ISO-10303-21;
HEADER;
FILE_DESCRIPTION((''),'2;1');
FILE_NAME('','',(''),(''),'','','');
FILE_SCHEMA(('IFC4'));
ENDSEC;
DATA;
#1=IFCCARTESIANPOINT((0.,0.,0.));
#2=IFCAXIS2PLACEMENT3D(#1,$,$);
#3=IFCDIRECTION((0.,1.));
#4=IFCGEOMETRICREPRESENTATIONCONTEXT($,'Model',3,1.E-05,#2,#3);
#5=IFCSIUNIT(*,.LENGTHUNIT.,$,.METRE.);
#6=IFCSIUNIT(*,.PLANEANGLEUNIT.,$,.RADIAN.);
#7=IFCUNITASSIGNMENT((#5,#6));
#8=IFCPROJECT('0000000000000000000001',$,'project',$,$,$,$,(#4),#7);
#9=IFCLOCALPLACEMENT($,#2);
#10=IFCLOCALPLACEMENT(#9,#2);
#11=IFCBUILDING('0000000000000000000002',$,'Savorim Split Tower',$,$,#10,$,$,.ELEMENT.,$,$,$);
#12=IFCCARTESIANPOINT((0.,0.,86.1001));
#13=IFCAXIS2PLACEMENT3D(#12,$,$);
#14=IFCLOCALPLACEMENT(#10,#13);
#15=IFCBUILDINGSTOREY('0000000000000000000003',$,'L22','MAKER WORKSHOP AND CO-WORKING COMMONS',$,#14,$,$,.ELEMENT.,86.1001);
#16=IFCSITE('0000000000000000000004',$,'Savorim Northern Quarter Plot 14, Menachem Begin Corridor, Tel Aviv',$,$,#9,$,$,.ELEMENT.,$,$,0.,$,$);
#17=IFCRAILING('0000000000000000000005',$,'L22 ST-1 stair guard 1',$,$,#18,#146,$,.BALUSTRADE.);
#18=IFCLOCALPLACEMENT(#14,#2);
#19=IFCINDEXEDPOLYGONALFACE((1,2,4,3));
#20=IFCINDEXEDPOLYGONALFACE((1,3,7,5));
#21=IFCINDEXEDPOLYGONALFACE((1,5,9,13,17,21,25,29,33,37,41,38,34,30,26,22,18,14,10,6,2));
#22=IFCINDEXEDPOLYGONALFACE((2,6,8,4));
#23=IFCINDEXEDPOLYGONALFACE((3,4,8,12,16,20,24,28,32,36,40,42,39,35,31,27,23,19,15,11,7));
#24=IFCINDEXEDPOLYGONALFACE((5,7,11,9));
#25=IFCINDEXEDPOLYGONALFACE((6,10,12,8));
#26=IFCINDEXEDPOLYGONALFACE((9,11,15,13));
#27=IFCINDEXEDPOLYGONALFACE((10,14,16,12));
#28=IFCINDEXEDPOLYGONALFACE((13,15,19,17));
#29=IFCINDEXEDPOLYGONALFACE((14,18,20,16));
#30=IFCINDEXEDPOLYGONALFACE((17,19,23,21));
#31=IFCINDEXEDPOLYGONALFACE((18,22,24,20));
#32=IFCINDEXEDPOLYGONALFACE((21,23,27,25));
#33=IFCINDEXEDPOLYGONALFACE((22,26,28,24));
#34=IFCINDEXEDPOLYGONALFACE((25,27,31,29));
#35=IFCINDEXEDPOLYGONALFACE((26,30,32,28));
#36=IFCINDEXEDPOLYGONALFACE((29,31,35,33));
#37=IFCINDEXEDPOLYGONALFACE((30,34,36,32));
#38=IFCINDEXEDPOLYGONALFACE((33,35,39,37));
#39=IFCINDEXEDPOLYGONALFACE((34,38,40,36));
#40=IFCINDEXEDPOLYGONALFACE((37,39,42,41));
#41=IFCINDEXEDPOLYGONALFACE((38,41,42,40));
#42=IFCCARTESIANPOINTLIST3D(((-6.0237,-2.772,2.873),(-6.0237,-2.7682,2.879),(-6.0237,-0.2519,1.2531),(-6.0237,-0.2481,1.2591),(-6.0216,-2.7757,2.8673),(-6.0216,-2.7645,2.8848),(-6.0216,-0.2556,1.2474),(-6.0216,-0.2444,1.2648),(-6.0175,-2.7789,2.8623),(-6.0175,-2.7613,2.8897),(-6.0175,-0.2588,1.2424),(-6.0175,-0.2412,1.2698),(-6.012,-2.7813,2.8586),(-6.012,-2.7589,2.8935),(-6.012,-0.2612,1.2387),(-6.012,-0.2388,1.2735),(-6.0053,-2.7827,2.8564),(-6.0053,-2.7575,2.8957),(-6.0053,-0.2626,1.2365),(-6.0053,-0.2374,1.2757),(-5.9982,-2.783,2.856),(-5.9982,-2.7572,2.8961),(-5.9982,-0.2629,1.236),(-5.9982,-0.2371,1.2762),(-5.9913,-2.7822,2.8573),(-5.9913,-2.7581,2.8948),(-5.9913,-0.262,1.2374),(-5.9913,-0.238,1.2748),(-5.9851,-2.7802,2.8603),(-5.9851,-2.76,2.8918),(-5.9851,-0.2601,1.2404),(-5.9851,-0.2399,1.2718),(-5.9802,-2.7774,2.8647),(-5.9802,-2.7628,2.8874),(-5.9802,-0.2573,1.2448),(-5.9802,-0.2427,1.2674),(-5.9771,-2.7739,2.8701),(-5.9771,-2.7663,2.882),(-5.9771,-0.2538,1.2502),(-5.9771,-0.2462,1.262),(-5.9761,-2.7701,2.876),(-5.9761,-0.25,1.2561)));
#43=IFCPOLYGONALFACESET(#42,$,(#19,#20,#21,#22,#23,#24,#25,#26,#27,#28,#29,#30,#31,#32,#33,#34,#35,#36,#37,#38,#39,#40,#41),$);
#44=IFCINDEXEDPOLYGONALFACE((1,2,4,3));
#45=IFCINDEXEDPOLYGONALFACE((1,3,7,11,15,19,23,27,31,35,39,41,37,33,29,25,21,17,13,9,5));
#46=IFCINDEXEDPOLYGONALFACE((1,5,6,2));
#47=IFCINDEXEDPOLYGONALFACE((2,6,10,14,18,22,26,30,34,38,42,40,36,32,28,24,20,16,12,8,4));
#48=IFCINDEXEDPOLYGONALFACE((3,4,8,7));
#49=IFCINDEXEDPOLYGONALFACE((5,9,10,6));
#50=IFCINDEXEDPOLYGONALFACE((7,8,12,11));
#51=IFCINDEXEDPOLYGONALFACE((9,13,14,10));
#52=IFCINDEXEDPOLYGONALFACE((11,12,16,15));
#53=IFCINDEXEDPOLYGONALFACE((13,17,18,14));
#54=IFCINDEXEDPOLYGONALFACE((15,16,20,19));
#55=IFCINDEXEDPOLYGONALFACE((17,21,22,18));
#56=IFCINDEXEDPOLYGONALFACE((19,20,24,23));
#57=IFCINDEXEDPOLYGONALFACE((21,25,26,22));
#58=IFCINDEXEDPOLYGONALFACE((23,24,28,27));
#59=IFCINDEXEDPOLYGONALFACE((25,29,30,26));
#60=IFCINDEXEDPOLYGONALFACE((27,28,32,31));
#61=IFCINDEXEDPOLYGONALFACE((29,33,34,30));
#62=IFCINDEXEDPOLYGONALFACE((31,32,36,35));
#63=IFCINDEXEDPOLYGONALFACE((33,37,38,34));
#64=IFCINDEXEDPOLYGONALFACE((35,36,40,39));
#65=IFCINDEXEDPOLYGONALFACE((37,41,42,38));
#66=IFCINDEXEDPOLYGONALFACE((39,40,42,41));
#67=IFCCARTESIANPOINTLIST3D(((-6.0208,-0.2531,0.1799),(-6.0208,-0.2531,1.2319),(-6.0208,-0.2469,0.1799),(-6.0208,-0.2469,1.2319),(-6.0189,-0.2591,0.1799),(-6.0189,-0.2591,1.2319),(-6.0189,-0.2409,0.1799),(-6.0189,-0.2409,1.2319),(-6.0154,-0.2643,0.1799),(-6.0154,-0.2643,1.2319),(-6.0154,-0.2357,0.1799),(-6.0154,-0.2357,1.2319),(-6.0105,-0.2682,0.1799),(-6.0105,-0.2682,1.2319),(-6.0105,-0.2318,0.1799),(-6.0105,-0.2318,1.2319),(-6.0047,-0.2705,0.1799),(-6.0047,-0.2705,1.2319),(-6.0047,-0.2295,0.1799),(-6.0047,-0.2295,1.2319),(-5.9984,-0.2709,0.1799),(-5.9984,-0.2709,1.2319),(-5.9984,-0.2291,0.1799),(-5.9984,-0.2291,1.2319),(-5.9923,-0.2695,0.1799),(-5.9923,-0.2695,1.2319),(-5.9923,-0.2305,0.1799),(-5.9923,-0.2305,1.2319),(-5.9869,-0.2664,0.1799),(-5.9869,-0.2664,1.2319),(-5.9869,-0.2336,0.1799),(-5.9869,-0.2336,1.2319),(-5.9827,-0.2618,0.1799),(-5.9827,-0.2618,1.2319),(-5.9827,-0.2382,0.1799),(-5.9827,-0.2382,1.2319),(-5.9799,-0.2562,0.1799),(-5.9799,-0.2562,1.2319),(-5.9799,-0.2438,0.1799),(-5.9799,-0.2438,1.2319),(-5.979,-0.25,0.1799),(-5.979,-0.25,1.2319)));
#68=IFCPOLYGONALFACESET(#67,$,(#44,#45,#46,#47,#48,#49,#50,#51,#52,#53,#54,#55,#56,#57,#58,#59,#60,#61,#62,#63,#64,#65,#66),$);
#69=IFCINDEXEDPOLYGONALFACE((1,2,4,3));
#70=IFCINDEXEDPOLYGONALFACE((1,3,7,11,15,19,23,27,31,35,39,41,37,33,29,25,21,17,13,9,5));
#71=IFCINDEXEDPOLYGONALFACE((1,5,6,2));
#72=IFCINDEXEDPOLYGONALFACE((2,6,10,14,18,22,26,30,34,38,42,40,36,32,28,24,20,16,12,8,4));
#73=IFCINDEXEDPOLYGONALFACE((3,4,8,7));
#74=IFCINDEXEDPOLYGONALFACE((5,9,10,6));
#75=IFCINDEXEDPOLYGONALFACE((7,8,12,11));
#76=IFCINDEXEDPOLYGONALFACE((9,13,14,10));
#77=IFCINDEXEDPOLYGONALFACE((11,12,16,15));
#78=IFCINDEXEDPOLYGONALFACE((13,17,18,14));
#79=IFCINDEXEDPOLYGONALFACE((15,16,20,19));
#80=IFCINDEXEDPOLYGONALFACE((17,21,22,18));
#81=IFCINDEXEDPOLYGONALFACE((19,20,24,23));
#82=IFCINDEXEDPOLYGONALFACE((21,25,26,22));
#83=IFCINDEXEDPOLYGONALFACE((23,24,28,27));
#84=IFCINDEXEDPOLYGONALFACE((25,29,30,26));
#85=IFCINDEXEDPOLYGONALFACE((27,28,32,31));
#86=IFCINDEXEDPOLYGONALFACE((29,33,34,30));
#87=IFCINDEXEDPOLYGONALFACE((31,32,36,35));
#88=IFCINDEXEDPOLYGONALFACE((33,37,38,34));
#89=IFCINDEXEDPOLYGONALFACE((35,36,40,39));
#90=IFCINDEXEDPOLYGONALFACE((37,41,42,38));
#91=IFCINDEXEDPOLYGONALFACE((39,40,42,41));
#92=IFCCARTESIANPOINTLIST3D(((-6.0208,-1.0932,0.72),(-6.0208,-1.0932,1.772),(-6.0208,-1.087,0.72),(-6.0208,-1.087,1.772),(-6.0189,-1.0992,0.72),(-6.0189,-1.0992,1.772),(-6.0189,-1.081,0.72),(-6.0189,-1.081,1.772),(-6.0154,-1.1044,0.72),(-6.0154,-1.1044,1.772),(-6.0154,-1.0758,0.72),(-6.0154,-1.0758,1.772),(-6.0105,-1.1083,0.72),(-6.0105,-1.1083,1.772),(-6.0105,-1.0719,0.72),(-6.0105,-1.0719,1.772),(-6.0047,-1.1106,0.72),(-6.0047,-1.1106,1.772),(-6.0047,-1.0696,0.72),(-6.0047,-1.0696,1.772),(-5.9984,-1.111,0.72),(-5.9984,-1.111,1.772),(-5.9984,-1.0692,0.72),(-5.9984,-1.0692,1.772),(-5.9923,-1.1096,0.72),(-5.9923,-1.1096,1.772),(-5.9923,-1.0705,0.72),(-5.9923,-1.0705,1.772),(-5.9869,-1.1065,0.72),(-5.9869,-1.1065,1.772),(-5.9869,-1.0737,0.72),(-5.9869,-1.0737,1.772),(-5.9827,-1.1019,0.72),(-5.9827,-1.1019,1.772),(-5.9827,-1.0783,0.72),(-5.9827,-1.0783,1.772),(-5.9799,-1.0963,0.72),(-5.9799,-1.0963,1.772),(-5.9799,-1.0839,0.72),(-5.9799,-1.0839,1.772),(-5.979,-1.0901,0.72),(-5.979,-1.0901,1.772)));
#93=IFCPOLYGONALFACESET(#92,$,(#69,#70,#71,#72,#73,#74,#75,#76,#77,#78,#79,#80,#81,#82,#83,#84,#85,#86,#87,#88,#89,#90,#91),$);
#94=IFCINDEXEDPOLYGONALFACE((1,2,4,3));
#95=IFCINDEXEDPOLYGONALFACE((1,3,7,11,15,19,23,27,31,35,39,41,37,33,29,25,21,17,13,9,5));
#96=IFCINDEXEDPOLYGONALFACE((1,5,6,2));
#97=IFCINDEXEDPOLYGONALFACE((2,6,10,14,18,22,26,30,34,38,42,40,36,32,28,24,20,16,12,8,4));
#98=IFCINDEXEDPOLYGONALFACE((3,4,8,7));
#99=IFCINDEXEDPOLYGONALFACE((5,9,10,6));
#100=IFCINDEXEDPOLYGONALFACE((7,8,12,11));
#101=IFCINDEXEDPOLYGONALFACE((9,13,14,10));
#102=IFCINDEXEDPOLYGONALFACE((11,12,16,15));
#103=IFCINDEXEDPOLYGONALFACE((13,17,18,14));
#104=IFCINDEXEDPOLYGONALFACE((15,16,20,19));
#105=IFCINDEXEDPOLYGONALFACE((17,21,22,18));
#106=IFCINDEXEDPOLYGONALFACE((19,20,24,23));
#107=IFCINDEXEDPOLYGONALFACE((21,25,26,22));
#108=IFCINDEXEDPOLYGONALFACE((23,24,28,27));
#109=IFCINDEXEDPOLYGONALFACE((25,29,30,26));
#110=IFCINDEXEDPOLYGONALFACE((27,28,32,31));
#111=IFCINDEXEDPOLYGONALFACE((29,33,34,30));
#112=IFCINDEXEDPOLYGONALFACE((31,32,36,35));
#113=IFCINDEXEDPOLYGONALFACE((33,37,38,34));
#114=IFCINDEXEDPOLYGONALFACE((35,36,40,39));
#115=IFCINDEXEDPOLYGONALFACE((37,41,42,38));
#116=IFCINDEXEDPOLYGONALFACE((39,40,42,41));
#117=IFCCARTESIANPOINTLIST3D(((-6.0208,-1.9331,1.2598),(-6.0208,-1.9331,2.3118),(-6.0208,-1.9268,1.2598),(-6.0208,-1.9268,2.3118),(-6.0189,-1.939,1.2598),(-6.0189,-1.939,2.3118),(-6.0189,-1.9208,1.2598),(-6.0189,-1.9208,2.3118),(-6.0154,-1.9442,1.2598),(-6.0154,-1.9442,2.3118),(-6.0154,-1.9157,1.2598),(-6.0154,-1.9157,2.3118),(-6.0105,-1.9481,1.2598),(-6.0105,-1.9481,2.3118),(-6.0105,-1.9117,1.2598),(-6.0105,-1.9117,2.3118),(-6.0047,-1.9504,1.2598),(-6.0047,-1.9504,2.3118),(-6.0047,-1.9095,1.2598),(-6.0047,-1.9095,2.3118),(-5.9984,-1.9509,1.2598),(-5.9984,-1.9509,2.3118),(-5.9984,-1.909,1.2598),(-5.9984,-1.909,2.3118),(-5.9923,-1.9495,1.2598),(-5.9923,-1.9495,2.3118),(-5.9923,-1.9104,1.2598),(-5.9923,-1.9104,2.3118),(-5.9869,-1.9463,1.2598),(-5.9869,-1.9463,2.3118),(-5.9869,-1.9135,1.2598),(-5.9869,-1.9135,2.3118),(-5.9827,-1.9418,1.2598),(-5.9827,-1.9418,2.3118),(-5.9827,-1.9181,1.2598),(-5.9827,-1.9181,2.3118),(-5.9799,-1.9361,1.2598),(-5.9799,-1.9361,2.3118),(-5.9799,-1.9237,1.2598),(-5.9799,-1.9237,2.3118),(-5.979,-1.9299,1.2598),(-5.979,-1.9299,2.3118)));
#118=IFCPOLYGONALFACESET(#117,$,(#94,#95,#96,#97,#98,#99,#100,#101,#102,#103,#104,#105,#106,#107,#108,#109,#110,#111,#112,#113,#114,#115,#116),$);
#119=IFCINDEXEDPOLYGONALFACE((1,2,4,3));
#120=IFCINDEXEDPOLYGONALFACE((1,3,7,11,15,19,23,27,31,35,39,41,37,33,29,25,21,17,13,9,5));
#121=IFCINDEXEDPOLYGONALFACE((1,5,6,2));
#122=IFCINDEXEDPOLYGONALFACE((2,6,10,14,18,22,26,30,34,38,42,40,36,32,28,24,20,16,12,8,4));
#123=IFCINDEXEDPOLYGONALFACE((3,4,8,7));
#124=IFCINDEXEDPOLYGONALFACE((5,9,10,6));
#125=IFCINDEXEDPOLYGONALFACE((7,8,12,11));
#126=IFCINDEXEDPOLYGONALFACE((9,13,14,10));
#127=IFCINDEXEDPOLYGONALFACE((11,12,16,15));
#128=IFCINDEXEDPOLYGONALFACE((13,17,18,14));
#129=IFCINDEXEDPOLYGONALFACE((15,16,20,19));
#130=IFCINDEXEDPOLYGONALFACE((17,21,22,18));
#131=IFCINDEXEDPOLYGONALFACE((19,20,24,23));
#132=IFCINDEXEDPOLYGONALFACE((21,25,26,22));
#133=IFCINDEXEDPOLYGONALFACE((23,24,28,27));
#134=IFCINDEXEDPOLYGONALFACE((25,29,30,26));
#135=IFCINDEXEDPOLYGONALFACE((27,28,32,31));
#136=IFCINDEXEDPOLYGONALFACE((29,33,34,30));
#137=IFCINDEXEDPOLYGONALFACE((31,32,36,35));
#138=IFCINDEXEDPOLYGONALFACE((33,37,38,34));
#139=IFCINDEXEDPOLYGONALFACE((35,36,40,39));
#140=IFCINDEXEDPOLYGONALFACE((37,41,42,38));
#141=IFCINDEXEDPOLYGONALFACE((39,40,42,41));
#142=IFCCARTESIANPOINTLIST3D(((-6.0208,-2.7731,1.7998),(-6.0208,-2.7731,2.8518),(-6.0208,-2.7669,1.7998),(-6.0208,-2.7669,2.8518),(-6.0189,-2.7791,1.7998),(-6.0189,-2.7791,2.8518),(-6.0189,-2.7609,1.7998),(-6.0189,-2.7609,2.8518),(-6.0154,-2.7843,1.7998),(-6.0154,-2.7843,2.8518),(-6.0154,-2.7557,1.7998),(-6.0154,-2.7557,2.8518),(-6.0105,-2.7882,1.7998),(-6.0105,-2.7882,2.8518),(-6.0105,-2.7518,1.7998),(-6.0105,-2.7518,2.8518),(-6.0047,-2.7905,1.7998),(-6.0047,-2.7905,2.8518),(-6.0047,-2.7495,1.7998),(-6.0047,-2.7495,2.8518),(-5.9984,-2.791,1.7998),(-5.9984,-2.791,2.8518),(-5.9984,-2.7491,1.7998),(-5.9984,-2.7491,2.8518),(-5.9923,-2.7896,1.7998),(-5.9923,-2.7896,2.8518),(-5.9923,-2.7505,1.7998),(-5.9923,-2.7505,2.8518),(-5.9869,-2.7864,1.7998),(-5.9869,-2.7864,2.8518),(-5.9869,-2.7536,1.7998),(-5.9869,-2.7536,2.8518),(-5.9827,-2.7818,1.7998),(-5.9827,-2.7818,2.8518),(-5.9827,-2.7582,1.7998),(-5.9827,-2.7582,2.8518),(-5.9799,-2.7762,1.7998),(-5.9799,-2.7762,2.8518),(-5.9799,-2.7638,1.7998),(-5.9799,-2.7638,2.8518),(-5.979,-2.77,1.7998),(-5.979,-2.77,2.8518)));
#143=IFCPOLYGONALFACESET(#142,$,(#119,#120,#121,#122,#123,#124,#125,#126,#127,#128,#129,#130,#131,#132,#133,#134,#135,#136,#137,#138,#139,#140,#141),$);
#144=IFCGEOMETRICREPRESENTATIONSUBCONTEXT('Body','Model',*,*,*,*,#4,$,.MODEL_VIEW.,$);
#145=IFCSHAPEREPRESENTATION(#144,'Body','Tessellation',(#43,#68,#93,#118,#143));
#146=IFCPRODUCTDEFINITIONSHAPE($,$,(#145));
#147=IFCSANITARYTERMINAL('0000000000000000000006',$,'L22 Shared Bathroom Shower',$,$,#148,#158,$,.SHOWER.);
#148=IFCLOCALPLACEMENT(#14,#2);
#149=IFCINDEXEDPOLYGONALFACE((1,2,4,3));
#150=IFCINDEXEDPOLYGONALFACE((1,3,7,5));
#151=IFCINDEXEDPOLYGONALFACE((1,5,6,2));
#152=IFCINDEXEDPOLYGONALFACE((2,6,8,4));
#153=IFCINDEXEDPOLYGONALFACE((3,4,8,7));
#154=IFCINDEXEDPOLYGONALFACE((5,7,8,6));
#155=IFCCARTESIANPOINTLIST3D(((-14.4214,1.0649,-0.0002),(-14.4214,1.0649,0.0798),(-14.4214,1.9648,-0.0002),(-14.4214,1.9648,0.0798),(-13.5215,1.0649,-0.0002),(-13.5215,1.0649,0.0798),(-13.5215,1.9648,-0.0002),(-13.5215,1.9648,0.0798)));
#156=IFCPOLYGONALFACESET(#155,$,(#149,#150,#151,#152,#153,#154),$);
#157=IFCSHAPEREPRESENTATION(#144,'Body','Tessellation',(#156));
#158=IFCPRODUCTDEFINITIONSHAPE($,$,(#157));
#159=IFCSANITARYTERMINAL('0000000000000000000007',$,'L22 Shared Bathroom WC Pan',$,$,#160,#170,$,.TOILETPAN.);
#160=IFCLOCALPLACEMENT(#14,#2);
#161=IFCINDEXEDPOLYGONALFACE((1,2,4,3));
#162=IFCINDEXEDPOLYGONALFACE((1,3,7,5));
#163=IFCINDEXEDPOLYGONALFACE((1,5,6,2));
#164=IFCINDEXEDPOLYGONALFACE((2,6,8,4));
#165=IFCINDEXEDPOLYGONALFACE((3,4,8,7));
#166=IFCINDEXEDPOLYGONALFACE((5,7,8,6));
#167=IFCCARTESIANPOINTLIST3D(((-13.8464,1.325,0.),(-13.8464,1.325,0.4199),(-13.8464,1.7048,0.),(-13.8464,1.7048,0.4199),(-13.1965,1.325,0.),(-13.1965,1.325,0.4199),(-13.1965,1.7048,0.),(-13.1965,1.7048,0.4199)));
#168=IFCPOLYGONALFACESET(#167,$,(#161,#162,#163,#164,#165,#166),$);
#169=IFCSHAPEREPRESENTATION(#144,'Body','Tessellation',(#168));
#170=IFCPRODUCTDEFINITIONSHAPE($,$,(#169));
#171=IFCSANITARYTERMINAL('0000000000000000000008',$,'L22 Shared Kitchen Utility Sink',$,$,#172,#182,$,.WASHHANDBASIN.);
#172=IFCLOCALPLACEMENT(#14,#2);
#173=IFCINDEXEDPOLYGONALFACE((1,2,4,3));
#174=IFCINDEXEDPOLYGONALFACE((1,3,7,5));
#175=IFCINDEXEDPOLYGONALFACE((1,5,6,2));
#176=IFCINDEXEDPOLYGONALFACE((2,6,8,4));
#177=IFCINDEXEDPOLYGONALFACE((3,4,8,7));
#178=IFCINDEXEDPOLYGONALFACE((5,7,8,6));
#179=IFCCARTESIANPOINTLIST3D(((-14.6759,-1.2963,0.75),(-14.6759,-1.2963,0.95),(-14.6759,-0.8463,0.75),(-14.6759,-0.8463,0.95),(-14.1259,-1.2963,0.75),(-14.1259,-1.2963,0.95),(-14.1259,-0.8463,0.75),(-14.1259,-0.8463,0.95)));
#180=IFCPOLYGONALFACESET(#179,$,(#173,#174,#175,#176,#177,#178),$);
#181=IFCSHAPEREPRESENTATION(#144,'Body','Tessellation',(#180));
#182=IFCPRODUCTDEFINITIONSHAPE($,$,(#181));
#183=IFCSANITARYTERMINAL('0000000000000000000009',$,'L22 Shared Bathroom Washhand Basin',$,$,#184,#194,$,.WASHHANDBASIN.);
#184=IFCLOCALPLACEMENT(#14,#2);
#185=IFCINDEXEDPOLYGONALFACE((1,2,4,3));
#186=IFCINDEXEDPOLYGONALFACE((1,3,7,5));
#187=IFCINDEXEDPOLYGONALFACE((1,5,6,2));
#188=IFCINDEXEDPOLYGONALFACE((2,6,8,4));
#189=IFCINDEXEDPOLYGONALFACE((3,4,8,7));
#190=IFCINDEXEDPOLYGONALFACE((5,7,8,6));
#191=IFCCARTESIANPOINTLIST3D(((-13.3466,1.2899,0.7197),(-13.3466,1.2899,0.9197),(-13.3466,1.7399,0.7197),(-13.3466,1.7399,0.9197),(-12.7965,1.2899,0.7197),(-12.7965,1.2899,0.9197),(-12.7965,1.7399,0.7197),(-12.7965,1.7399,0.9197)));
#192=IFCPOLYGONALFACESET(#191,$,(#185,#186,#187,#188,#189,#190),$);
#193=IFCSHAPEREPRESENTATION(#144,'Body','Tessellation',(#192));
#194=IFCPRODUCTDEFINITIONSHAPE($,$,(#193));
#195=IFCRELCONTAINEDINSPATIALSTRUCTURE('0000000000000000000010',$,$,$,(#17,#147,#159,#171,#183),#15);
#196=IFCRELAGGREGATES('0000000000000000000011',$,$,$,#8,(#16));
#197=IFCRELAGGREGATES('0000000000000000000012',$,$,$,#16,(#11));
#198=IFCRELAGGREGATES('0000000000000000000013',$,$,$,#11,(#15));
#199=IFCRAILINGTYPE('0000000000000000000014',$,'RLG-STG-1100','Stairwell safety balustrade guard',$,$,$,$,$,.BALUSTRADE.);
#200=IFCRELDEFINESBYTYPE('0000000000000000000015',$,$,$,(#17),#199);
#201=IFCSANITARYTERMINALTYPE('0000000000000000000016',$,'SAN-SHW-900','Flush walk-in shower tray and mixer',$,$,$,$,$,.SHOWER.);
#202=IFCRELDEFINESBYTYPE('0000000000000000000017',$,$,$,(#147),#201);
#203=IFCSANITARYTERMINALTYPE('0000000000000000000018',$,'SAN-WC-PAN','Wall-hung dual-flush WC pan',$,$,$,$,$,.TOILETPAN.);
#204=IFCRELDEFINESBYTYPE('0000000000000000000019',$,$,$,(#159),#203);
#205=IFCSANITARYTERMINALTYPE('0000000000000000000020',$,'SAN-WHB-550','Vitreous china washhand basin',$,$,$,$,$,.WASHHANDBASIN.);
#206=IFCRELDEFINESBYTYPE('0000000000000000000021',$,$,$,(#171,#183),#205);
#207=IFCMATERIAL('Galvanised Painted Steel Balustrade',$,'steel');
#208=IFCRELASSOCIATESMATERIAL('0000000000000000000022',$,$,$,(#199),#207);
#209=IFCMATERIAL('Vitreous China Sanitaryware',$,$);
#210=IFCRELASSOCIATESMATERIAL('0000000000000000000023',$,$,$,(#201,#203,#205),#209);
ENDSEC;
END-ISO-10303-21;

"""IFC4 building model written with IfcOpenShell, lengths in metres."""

from ifc_helpers import new_model, si_unit, direction, frame, origin, origin_2d, place, context, subcontext, project, spatial, rectangle, circle, extrude, material, type_object, element, save


model = new_model("IFC4")

# Units and contexts
model_context = context("Model", 3, precision=1e-05, world=origin(), true_north=direction((0.0, 1.0)))
body_context = subcontext(model_context, "Body", "Model", "MODEL_VIEW")
ifc_project = project(units=[si_unit("LENGTHUNIT", "METRE"), si_unit("PLANEANGLEUNIT", "RADIAN")], contexts=[model_context])

# Site, building, storey
site_placement = place(None, origin())
site = spatial("IfcSite", under=ifc_project, at=site_placement, Name="Savorim Northern Quarter Plot 14, Menachem Begin Corridor, Tel Aviv", CompositionType="ELEMENT", RefElevation=0.0)
building_placement = place(site_placement, origin())
building = spatial("IfcBuilding", under=site, at=building_placement, Name="Savorim Split Tower", CompositionType="ELEMENT")
storey_placement = place(building_placement, frame((0.0, 0.0, 86.1001)))
storey = spatial("IfcBuildingStorey", under=building, at=storey_placement, Name="L22", Description="MAKER WORKSHOP AND CO-WORKING COMMONS", CompositionType="ELEMENT", Elevation=86.1001)

# Railing
ifc_material_1 = material(Name="Galvanised Painted Steel Balustrade", Category="steel")
railing_type_1 = type_object("IfcRailingType", Name="RLG-STG-1100", Description="Stairwell safety balustrade guard", PredefinedType="BALUSTRADE", material=ifc_material_1)
railing_1_placement = place(storey_placement, frame((-6.0, -0.25, 0.1799)))
element("IfcRailing", 1, at=railing_1_placement, inside=storey, type_object=railing_type_1, Name="L22 ST-1 stair guard 1", PredefinedType="BALUSTRADE", context=body_context, shape_type="SweptSolid", body=[
    extrude(circle(Radius=0.0239, at=origin_2d()), frame((0.0, 0.0, 1.0762), z_axis=(0.0, -0.8412, 0.540725), x_axis=(1.0, 0.0, 0.0)), (0.0, 0.0, 1.0), 2.9958),
    extrude(circle(Radius=0.021, at=origin_2d()), origin(), (0.0, 0.0, 1.0), 1.052),
    extrude(circle(Radius=0.021, at=origin_2d()), frame((0.0, -0.8401, 0.54)), (0.0, 0.0, 1.0), 1.052),
    extrude(circle(Radius=0.021, at=origin_2d()), frame((0.0, -1.6799, 1.0798)), (0.0, 0.0, 1.0), 1.052),
    extrude(circle(Radius=0.021, at=origin_2d()), frame((0.0, -2.52, 1.6199)), (0.0, 0.0, 1.0), 1.052),
])

# Sanitary terminals
ifc_material_2 = material(Name="Vitreous China Sanitaryware")
sanitary_terminal_type_1 = type_object("IfcSanitaryTerminalType", Name="SAN-SHW-900", Description="Flush walk-in shower tray and mixer", PredefinedType="SHOWER", material=ifc_material_2)
sanitary_terminal_1_placement = place(storey_placement, frame((-13.9714, 1.5149, -0.0002), z_axis=(0.0, 0.0, 1.0), x_axis=(1.0, 0.0, 0.0)))
element("IfcSanitaryTerminal", 2, at=sanitary_terminal_1_placement, inside=storey, type_object=sanitary_terminal_type_1, Name="L22 Shared Bathroom Shower", PredefinedType="SHOWER", context=body_context, shape_type="SweptSolid", body=[
    extrude(rectangle(XDim=0.8999, YDim=0.8999, at=origin_2d()), origin(), (0.0, 0.0, 1.0), 0.0801),
])
sanitary_terminal_type_2 = type_object("IfcSanitaryTerminalType", Name="SAN-WC-PAN", Description="Wall-hung dual-flush WC pan", PredefinedType="TOILETPAN", material=ifc_material_2)
sanitary_terminal_2_placement = place(storey_placement, frame((-13.5215, 1.5149, 0.0), z_axis=(0.0, 0.0, 1.0), x_axis=(1.0, 0.0, 0.0)))
element("IfcSanitaryTerminal", 3, at=sanitary_terminal_2_placement, inside=storey, type_object=sanitary_terminal_type_2, Name="L22 Shared Bathroom WC Pan", PredefinedType="TOILETPAN", context=body_context, shape_type="SweptSolid", body=[
    extrude(rectangle(XDim=0.6499, YDim=0.3799, at=origin_2d()), origin(), (0.0, 0.0, 1.0), 0.4199),
])
sanitary_terminal_type_3 = type_object("IfcSanitaryTerminalType", Name="SAN-WHB-550", Description="Vitreous china washhand basin", PredefinedType="WASHHANDBASIN", material=ifc_material_2)
for number, where, z_axis, x_axis, name in (
    (4, (-14.4009, -1.0713, 0.75), (0.0, 0.0, 1.0), (1.0, 0.0, 0.0), "L22 Shared Kitchen Utility Sink"),
    (5, (-13.0715, 1.5149, 0.7197), (0.0, 0.0, 1.0), (1.0, 0.0, 0.0), "L22 Shared Bathroom Washhand Basin"),
):
    element("IfcSanitaryTerminal", number, at=place(storey_placement, frame(where, z_axis=z_axis, x_axis=x_axis)), inside=storey, type_object=sanitary_terminal_type_3, Name=name, PredefinedType="WASHHANDBASIN", context=body_context, shape_type="SweptSolid", body=[
        extrude(rectangle(XDim=0.55, YDim=0.45, at=origin_2d()), origin(), (0.0, 0.0, 1.0), 0.2),
    ])

save(model, "model.ifc")
